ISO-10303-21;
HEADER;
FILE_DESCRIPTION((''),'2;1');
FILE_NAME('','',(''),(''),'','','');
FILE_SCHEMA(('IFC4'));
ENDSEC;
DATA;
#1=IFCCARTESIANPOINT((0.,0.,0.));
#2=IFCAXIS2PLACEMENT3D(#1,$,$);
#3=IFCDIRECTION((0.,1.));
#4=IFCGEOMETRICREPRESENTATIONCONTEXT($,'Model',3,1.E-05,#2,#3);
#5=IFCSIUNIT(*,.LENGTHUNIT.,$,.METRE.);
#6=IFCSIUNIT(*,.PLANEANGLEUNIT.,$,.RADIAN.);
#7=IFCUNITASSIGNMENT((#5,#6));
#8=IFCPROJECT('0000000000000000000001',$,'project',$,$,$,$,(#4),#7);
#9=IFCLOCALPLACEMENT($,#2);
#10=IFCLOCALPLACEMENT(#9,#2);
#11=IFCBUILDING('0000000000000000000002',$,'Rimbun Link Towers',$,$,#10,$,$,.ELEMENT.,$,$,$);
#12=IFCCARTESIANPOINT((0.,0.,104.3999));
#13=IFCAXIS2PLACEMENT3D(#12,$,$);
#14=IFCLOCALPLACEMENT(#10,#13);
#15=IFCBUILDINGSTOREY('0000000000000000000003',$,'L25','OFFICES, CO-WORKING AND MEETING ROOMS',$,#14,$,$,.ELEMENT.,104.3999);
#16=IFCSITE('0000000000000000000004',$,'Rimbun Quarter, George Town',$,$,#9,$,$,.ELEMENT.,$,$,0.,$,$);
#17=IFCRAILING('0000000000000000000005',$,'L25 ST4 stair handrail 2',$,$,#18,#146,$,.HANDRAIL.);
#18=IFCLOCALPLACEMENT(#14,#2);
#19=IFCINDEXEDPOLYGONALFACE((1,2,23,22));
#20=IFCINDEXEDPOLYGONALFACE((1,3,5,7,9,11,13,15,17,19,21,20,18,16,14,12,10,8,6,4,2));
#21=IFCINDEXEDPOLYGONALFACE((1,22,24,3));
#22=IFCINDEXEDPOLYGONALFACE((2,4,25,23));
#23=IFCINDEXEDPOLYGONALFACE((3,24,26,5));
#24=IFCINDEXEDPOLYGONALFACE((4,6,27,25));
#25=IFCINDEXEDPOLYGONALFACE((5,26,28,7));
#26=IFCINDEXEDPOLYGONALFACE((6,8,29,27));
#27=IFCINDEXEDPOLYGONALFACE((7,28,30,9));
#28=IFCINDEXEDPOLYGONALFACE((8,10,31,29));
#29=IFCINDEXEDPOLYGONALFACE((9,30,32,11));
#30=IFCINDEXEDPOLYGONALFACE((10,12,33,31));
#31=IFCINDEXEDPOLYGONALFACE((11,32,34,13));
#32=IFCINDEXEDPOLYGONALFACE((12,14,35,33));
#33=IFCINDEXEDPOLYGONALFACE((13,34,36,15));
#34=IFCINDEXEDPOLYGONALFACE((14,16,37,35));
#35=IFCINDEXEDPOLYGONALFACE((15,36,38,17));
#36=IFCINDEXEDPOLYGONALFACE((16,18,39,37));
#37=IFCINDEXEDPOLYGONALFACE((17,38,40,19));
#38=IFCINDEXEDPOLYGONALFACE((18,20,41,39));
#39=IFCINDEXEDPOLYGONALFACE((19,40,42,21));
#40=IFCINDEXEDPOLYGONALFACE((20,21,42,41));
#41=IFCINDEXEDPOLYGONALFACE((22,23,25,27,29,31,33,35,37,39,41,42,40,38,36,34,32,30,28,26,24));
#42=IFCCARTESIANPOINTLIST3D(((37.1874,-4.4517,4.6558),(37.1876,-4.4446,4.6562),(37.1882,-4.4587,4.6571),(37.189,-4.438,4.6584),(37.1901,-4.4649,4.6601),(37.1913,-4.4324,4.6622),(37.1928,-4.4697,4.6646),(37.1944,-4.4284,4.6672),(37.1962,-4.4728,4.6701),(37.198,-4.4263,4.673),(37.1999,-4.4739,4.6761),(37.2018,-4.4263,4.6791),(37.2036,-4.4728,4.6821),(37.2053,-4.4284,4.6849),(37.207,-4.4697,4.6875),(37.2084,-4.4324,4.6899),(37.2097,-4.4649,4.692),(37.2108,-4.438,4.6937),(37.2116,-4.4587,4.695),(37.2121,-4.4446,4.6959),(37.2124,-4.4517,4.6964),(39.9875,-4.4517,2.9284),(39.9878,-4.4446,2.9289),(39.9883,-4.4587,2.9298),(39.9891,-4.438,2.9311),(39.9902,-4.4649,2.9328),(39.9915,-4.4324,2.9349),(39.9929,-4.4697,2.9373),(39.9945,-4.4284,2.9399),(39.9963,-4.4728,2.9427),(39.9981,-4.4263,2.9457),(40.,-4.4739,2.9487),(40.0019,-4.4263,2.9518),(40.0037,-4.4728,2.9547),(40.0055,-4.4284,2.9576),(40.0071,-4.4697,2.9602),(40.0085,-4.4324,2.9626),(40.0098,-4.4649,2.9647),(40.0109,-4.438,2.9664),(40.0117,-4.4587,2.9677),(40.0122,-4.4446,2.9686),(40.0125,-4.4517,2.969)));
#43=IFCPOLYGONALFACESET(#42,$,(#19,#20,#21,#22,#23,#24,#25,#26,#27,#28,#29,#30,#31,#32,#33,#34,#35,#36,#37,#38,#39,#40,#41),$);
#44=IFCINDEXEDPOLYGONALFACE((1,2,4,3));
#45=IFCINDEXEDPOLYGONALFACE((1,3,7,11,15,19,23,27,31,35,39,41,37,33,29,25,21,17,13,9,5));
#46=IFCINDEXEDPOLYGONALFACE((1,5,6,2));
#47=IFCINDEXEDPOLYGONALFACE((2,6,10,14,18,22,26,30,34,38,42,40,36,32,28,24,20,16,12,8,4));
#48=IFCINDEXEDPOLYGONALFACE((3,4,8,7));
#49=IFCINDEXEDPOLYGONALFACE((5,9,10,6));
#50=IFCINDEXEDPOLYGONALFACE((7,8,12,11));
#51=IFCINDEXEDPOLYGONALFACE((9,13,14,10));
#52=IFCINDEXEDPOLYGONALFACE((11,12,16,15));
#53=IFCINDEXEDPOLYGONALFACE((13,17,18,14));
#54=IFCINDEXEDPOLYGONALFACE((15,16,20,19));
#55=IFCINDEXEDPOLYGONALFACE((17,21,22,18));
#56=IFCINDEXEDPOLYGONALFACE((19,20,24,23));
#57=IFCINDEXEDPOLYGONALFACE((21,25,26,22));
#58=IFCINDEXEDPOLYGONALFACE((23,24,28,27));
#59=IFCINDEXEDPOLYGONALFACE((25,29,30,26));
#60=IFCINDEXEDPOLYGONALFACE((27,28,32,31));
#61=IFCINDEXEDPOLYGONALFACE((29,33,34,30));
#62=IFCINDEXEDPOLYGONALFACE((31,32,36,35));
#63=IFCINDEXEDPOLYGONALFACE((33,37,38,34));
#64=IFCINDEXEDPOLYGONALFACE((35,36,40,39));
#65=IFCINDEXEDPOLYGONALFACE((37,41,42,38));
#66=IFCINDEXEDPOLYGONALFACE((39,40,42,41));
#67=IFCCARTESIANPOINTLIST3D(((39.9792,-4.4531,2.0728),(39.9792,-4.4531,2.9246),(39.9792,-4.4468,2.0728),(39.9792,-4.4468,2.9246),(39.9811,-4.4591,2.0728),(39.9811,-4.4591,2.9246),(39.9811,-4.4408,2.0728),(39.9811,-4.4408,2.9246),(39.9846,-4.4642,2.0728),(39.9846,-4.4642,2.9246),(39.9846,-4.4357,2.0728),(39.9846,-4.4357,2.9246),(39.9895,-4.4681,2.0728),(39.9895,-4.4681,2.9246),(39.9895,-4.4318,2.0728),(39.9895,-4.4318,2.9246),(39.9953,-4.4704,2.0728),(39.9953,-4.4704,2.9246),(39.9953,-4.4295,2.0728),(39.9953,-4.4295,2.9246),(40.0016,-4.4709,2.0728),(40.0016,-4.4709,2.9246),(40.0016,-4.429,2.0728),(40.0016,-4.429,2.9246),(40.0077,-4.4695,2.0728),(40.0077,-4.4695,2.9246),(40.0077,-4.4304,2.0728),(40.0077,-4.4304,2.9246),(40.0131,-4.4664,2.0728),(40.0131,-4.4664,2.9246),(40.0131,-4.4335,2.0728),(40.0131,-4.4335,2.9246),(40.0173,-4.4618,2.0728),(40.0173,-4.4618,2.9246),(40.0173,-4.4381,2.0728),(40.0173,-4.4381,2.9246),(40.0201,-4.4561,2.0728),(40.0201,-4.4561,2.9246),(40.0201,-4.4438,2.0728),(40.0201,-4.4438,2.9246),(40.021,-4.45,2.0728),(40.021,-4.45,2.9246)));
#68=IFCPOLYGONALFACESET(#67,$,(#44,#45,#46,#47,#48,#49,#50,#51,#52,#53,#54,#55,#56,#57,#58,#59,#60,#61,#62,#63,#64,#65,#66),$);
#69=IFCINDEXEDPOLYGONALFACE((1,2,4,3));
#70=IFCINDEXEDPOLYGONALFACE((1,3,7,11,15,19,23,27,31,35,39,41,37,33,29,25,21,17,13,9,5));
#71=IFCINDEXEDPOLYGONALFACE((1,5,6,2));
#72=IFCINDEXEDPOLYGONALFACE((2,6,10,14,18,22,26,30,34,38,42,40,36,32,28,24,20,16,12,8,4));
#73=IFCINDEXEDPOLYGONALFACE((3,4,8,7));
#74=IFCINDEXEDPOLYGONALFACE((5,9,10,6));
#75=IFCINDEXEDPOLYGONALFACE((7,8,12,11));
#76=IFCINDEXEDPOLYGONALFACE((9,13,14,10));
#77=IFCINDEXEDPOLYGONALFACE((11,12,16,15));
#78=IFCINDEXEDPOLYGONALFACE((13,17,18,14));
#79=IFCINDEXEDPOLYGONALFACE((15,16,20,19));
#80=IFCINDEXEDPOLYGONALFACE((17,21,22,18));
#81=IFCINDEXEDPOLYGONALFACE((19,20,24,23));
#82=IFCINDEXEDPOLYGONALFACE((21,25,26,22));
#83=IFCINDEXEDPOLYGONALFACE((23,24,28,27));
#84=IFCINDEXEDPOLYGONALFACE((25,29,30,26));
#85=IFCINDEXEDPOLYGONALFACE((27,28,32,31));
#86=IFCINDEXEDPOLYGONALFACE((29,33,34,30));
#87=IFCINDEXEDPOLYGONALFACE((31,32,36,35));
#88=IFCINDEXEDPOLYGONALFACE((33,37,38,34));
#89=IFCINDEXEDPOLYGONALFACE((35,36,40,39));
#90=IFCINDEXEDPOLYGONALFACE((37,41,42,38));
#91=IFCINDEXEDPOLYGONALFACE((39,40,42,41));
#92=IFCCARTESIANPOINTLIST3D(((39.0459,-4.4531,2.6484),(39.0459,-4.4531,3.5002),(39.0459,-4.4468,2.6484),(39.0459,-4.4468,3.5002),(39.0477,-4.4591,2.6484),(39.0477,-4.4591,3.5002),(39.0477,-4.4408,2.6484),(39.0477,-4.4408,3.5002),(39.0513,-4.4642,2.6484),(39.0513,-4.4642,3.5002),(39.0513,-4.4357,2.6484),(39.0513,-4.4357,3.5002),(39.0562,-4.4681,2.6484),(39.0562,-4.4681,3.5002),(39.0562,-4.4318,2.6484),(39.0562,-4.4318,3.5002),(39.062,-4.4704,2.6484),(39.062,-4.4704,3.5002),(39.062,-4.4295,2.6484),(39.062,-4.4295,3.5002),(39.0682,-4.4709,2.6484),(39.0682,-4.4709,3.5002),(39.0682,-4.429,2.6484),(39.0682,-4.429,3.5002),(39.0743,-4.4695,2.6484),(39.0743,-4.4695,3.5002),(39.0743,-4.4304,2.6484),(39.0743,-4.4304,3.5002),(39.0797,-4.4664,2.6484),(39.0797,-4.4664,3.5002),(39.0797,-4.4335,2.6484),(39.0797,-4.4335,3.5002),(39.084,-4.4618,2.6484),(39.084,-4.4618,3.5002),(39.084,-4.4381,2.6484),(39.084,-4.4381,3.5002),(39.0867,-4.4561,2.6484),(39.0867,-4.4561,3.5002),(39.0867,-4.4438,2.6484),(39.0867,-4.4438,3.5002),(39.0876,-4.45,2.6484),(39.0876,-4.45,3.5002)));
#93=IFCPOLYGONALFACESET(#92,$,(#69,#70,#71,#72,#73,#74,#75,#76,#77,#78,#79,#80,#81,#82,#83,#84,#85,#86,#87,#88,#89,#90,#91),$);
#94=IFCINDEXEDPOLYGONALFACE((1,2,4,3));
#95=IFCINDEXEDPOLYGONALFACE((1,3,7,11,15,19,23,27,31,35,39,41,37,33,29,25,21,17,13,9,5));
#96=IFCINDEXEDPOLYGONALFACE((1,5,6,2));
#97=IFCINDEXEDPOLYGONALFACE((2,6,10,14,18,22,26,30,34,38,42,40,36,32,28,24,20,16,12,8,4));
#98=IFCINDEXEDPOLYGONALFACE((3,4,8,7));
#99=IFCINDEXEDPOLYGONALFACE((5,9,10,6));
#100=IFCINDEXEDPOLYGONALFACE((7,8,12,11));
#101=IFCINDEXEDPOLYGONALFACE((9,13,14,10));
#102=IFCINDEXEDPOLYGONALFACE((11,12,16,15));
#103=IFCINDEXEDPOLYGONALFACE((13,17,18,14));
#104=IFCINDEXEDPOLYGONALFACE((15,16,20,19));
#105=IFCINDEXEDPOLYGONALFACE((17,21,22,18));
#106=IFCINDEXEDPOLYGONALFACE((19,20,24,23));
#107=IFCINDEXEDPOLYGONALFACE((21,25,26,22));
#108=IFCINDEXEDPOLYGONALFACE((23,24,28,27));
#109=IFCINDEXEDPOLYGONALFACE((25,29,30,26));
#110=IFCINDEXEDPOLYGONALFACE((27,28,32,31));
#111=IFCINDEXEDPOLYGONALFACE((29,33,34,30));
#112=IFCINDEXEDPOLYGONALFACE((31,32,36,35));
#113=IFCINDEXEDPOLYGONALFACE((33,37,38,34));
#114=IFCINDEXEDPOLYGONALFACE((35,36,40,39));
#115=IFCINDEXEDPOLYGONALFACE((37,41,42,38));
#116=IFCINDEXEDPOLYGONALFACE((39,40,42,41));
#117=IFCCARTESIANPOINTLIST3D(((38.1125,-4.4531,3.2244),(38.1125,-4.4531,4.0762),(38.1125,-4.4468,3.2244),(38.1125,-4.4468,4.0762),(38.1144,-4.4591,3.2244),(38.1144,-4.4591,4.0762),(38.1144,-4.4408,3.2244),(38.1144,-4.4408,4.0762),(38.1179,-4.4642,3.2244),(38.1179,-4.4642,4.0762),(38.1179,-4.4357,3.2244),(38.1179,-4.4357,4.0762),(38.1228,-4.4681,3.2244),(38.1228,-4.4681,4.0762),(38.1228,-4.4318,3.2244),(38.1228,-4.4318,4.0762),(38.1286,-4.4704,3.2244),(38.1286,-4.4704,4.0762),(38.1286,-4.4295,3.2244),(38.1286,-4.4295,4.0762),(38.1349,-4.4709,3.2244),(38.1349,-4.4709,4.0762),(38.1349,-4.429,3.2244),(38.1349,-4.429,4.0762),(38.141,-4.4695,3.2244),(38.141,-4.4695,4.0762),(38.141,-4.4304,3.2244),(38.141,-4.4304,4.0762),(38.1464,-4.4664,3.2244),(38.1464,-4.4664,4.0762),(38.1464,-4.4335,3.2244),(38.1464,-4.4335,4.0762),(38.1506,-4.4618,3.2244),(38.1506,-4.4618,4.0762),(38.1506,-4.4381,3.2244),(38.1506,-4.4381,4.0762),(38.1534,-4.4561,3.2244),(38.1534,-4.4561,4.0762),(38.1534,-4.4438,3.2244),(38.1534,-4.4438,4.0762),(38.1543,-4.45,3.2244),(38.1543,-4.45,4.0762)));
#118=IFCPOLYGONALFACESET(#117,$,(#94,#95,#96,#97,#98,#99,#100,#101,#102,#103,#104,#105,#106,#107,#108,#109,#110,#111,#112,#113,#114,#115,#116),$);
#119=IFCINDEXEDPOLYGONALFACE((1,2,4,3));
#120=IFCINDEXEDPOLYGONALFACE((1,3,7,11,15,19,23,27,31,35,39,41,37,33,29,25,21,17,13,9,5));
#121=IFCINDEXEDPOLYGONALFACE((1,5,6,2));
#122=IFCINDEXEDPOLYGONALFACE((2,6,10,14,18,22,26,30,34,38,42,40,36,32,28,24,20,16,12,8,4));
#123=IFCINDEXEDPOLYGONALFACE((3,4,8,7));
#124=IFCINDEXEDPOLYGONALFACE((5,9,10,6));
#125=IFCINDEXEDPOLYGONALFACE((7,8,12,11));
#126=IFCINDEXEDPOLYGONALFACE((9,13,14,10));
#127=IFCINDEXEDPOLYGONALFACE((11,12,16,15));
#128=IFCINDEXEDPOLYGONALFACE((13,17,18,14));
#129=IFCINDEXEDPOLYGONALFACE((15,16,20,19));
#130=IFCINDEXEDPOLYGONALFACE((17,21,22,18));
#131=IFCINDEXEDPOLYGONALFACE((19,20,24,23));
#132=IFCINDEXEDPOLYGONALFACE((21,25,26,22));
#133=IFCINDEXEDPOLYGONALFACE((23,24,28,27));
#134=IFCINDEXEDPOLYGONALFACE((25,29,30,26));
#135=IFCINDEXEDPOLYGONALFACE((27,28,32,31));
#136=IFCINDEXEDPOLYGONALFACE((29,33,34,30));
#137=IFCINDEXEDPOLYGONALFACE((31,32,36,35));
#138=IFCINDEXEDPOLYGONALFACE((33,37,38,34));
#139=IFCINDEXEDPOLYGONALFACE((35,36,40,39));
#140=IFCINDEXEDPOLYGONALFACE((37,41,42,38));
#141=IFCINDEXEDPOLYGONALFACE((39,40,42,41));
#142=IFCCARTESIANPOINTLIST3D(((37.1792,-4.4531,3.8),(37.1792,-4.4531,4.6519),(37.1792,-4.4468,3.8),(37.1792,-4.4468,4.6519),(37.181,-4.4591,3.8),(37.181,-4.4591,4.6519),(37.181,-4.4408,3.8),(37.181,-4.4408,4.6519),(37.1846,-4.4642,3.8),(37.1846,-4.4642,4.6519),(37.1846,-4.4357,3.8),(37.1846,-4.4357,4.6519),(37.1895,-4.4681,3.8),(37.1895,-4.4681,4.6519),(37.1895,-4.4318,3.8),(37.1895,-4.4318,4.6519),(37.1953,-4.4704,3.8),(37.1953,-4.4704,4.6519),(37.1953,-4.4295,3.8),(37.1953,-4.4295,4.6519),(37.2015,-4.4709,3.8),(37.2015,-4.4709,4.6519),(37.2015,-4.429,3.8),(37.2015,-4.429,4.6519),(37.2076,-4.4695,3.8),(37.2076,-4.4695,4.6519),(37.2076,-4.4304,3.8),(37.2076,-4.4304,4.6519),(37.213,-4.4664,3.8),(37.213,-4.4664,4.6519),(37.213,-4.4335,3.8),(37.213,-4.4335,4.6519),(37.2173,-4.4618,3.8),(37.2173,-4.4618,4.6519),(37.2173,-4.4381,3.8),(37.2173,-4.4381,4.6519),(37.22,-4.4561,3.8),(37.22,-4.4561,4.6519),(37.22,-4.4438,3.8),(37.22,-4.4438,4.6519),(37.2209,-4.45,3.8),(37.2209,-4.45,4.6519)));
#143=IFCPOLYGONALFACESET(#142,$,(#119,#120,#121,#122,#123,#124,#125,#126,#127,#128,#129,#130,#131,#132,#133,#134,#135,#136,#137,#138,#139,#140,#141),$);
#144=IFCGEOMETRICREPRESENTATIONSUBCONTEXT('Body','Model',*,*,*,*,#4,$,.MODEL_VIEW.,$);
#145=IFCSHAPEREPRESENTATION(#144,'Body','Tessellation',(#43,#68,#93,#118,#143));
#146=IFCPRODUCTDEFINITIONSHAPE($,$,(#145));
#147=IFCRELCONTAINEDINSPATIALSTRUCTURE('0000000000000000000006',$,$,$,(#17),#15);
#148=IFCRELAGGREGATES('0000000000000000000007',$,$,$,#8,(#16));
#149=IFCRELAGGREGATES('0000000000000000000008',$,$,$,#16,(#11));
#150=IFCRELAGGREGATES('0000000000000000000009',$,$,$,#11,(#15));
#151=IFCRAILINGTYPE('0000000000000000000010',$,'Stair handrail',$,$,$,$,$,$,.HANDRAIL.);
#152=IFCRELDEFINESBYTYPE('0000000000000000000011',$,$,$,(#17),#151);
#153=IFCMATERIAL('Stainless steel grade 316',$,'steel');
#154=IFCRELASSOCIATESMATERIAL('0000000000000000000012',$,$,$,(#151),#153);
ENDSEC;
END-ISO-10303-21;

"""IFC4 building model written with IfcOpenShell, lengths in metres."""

from ifc_helpers import new_model, si_unit, direction, frame, origin, origin_2d, place, context, subcontext, project, spatial, circle, extrude, material, type_object, element, save


model = new_model("IFC4")

# Units and contexts
model_context = context("Model", 3, precision=1e-05, world=origin(), true_north=direction((0.0, 1.0)))
body_context = subcontext(model_context, "Body", "Model", "MODEL_VIEW")
ifc_project = project(units=[si_unit("LENGTHUNIT", "METRE"), si_unit("PLANEANGLEUNIT", "RADIAN")], contexts=[model_context])

# Site, building, storey
site_placement = place(None, origin())
site = spatial("IfcSite", under=ifc_project, at=site_placement, Name="Rimbun Quarter, George Town", CompositionType="ELEMENT", RefElevation=0.0)
building_placement = place(site_placement, origin())
building = spatial("IfcBuilding", under=site, at=building_placement, Name="Rimbun Link Towers", CompositionType="ELEMENT")
storey_placement = place(building_placement, frame((0.0, 0.0, 104.3999)))
storey = spatial("IfcBuildingStorey", under=building, at=storey_placement, Name="L25", Description="OFFICES, CO-WORKING AND MEETING ROOMS", CompositionType="ELEMENT", Elevation=104.3999)

# Railing
ifc_material_1 = material(Name="Stainless steel grade 316", Category="steel")
railing_type_1 = type_object("IfcRailingType", Name="Stair handrail", PredefinedType="HANDRAIL", material=ifc_material_1)
railing_1_placement = place(storey_placement, frame((40.0, -4.45, 2.0728)))
element("IfcRailing", 1, at=railing_1_placement, inside=storey, type_object=railing_type_1, Name="L25 ST4 stair handrail 2", PredefinedType="HANDRAIL", context=body_context, shape_type="SweptSolid", body=[
    extrude(circle(Radius=0.0239, at=origin_2d()), frame((0.0, 0.0, 0.876), z_axis=(-0.85109, 0.0, 0.52502), x_axis=(0.0, -1.0, 0.0)), (0.0, 0.0, 1.0), 3.29),
    extrude(circle(Radius=0.021, at=origin_2d()), origin(), (0.0, 0.0, 1.0), 0.8518),
    extrude(circle(Radius=0.021, at=origin_2d()), frame((-0.9333, 0.0, 0.5757)), (0.0, 0.0, 1.0), 0.8518),
    extrude(circle(Radius=0.021, at=origin_2d()), frame((-1.8667, 0.0, 1.1516)), (0.0, 0.0, 1.0), 0.8518),
    extrude(circle(Radius=0.021, at=origin_2d()), frame((-2.8, 0.0, 1.7273)), (0.0, 0.0, 1.0), 0.8518),
])

save(model, "model.ifc")
